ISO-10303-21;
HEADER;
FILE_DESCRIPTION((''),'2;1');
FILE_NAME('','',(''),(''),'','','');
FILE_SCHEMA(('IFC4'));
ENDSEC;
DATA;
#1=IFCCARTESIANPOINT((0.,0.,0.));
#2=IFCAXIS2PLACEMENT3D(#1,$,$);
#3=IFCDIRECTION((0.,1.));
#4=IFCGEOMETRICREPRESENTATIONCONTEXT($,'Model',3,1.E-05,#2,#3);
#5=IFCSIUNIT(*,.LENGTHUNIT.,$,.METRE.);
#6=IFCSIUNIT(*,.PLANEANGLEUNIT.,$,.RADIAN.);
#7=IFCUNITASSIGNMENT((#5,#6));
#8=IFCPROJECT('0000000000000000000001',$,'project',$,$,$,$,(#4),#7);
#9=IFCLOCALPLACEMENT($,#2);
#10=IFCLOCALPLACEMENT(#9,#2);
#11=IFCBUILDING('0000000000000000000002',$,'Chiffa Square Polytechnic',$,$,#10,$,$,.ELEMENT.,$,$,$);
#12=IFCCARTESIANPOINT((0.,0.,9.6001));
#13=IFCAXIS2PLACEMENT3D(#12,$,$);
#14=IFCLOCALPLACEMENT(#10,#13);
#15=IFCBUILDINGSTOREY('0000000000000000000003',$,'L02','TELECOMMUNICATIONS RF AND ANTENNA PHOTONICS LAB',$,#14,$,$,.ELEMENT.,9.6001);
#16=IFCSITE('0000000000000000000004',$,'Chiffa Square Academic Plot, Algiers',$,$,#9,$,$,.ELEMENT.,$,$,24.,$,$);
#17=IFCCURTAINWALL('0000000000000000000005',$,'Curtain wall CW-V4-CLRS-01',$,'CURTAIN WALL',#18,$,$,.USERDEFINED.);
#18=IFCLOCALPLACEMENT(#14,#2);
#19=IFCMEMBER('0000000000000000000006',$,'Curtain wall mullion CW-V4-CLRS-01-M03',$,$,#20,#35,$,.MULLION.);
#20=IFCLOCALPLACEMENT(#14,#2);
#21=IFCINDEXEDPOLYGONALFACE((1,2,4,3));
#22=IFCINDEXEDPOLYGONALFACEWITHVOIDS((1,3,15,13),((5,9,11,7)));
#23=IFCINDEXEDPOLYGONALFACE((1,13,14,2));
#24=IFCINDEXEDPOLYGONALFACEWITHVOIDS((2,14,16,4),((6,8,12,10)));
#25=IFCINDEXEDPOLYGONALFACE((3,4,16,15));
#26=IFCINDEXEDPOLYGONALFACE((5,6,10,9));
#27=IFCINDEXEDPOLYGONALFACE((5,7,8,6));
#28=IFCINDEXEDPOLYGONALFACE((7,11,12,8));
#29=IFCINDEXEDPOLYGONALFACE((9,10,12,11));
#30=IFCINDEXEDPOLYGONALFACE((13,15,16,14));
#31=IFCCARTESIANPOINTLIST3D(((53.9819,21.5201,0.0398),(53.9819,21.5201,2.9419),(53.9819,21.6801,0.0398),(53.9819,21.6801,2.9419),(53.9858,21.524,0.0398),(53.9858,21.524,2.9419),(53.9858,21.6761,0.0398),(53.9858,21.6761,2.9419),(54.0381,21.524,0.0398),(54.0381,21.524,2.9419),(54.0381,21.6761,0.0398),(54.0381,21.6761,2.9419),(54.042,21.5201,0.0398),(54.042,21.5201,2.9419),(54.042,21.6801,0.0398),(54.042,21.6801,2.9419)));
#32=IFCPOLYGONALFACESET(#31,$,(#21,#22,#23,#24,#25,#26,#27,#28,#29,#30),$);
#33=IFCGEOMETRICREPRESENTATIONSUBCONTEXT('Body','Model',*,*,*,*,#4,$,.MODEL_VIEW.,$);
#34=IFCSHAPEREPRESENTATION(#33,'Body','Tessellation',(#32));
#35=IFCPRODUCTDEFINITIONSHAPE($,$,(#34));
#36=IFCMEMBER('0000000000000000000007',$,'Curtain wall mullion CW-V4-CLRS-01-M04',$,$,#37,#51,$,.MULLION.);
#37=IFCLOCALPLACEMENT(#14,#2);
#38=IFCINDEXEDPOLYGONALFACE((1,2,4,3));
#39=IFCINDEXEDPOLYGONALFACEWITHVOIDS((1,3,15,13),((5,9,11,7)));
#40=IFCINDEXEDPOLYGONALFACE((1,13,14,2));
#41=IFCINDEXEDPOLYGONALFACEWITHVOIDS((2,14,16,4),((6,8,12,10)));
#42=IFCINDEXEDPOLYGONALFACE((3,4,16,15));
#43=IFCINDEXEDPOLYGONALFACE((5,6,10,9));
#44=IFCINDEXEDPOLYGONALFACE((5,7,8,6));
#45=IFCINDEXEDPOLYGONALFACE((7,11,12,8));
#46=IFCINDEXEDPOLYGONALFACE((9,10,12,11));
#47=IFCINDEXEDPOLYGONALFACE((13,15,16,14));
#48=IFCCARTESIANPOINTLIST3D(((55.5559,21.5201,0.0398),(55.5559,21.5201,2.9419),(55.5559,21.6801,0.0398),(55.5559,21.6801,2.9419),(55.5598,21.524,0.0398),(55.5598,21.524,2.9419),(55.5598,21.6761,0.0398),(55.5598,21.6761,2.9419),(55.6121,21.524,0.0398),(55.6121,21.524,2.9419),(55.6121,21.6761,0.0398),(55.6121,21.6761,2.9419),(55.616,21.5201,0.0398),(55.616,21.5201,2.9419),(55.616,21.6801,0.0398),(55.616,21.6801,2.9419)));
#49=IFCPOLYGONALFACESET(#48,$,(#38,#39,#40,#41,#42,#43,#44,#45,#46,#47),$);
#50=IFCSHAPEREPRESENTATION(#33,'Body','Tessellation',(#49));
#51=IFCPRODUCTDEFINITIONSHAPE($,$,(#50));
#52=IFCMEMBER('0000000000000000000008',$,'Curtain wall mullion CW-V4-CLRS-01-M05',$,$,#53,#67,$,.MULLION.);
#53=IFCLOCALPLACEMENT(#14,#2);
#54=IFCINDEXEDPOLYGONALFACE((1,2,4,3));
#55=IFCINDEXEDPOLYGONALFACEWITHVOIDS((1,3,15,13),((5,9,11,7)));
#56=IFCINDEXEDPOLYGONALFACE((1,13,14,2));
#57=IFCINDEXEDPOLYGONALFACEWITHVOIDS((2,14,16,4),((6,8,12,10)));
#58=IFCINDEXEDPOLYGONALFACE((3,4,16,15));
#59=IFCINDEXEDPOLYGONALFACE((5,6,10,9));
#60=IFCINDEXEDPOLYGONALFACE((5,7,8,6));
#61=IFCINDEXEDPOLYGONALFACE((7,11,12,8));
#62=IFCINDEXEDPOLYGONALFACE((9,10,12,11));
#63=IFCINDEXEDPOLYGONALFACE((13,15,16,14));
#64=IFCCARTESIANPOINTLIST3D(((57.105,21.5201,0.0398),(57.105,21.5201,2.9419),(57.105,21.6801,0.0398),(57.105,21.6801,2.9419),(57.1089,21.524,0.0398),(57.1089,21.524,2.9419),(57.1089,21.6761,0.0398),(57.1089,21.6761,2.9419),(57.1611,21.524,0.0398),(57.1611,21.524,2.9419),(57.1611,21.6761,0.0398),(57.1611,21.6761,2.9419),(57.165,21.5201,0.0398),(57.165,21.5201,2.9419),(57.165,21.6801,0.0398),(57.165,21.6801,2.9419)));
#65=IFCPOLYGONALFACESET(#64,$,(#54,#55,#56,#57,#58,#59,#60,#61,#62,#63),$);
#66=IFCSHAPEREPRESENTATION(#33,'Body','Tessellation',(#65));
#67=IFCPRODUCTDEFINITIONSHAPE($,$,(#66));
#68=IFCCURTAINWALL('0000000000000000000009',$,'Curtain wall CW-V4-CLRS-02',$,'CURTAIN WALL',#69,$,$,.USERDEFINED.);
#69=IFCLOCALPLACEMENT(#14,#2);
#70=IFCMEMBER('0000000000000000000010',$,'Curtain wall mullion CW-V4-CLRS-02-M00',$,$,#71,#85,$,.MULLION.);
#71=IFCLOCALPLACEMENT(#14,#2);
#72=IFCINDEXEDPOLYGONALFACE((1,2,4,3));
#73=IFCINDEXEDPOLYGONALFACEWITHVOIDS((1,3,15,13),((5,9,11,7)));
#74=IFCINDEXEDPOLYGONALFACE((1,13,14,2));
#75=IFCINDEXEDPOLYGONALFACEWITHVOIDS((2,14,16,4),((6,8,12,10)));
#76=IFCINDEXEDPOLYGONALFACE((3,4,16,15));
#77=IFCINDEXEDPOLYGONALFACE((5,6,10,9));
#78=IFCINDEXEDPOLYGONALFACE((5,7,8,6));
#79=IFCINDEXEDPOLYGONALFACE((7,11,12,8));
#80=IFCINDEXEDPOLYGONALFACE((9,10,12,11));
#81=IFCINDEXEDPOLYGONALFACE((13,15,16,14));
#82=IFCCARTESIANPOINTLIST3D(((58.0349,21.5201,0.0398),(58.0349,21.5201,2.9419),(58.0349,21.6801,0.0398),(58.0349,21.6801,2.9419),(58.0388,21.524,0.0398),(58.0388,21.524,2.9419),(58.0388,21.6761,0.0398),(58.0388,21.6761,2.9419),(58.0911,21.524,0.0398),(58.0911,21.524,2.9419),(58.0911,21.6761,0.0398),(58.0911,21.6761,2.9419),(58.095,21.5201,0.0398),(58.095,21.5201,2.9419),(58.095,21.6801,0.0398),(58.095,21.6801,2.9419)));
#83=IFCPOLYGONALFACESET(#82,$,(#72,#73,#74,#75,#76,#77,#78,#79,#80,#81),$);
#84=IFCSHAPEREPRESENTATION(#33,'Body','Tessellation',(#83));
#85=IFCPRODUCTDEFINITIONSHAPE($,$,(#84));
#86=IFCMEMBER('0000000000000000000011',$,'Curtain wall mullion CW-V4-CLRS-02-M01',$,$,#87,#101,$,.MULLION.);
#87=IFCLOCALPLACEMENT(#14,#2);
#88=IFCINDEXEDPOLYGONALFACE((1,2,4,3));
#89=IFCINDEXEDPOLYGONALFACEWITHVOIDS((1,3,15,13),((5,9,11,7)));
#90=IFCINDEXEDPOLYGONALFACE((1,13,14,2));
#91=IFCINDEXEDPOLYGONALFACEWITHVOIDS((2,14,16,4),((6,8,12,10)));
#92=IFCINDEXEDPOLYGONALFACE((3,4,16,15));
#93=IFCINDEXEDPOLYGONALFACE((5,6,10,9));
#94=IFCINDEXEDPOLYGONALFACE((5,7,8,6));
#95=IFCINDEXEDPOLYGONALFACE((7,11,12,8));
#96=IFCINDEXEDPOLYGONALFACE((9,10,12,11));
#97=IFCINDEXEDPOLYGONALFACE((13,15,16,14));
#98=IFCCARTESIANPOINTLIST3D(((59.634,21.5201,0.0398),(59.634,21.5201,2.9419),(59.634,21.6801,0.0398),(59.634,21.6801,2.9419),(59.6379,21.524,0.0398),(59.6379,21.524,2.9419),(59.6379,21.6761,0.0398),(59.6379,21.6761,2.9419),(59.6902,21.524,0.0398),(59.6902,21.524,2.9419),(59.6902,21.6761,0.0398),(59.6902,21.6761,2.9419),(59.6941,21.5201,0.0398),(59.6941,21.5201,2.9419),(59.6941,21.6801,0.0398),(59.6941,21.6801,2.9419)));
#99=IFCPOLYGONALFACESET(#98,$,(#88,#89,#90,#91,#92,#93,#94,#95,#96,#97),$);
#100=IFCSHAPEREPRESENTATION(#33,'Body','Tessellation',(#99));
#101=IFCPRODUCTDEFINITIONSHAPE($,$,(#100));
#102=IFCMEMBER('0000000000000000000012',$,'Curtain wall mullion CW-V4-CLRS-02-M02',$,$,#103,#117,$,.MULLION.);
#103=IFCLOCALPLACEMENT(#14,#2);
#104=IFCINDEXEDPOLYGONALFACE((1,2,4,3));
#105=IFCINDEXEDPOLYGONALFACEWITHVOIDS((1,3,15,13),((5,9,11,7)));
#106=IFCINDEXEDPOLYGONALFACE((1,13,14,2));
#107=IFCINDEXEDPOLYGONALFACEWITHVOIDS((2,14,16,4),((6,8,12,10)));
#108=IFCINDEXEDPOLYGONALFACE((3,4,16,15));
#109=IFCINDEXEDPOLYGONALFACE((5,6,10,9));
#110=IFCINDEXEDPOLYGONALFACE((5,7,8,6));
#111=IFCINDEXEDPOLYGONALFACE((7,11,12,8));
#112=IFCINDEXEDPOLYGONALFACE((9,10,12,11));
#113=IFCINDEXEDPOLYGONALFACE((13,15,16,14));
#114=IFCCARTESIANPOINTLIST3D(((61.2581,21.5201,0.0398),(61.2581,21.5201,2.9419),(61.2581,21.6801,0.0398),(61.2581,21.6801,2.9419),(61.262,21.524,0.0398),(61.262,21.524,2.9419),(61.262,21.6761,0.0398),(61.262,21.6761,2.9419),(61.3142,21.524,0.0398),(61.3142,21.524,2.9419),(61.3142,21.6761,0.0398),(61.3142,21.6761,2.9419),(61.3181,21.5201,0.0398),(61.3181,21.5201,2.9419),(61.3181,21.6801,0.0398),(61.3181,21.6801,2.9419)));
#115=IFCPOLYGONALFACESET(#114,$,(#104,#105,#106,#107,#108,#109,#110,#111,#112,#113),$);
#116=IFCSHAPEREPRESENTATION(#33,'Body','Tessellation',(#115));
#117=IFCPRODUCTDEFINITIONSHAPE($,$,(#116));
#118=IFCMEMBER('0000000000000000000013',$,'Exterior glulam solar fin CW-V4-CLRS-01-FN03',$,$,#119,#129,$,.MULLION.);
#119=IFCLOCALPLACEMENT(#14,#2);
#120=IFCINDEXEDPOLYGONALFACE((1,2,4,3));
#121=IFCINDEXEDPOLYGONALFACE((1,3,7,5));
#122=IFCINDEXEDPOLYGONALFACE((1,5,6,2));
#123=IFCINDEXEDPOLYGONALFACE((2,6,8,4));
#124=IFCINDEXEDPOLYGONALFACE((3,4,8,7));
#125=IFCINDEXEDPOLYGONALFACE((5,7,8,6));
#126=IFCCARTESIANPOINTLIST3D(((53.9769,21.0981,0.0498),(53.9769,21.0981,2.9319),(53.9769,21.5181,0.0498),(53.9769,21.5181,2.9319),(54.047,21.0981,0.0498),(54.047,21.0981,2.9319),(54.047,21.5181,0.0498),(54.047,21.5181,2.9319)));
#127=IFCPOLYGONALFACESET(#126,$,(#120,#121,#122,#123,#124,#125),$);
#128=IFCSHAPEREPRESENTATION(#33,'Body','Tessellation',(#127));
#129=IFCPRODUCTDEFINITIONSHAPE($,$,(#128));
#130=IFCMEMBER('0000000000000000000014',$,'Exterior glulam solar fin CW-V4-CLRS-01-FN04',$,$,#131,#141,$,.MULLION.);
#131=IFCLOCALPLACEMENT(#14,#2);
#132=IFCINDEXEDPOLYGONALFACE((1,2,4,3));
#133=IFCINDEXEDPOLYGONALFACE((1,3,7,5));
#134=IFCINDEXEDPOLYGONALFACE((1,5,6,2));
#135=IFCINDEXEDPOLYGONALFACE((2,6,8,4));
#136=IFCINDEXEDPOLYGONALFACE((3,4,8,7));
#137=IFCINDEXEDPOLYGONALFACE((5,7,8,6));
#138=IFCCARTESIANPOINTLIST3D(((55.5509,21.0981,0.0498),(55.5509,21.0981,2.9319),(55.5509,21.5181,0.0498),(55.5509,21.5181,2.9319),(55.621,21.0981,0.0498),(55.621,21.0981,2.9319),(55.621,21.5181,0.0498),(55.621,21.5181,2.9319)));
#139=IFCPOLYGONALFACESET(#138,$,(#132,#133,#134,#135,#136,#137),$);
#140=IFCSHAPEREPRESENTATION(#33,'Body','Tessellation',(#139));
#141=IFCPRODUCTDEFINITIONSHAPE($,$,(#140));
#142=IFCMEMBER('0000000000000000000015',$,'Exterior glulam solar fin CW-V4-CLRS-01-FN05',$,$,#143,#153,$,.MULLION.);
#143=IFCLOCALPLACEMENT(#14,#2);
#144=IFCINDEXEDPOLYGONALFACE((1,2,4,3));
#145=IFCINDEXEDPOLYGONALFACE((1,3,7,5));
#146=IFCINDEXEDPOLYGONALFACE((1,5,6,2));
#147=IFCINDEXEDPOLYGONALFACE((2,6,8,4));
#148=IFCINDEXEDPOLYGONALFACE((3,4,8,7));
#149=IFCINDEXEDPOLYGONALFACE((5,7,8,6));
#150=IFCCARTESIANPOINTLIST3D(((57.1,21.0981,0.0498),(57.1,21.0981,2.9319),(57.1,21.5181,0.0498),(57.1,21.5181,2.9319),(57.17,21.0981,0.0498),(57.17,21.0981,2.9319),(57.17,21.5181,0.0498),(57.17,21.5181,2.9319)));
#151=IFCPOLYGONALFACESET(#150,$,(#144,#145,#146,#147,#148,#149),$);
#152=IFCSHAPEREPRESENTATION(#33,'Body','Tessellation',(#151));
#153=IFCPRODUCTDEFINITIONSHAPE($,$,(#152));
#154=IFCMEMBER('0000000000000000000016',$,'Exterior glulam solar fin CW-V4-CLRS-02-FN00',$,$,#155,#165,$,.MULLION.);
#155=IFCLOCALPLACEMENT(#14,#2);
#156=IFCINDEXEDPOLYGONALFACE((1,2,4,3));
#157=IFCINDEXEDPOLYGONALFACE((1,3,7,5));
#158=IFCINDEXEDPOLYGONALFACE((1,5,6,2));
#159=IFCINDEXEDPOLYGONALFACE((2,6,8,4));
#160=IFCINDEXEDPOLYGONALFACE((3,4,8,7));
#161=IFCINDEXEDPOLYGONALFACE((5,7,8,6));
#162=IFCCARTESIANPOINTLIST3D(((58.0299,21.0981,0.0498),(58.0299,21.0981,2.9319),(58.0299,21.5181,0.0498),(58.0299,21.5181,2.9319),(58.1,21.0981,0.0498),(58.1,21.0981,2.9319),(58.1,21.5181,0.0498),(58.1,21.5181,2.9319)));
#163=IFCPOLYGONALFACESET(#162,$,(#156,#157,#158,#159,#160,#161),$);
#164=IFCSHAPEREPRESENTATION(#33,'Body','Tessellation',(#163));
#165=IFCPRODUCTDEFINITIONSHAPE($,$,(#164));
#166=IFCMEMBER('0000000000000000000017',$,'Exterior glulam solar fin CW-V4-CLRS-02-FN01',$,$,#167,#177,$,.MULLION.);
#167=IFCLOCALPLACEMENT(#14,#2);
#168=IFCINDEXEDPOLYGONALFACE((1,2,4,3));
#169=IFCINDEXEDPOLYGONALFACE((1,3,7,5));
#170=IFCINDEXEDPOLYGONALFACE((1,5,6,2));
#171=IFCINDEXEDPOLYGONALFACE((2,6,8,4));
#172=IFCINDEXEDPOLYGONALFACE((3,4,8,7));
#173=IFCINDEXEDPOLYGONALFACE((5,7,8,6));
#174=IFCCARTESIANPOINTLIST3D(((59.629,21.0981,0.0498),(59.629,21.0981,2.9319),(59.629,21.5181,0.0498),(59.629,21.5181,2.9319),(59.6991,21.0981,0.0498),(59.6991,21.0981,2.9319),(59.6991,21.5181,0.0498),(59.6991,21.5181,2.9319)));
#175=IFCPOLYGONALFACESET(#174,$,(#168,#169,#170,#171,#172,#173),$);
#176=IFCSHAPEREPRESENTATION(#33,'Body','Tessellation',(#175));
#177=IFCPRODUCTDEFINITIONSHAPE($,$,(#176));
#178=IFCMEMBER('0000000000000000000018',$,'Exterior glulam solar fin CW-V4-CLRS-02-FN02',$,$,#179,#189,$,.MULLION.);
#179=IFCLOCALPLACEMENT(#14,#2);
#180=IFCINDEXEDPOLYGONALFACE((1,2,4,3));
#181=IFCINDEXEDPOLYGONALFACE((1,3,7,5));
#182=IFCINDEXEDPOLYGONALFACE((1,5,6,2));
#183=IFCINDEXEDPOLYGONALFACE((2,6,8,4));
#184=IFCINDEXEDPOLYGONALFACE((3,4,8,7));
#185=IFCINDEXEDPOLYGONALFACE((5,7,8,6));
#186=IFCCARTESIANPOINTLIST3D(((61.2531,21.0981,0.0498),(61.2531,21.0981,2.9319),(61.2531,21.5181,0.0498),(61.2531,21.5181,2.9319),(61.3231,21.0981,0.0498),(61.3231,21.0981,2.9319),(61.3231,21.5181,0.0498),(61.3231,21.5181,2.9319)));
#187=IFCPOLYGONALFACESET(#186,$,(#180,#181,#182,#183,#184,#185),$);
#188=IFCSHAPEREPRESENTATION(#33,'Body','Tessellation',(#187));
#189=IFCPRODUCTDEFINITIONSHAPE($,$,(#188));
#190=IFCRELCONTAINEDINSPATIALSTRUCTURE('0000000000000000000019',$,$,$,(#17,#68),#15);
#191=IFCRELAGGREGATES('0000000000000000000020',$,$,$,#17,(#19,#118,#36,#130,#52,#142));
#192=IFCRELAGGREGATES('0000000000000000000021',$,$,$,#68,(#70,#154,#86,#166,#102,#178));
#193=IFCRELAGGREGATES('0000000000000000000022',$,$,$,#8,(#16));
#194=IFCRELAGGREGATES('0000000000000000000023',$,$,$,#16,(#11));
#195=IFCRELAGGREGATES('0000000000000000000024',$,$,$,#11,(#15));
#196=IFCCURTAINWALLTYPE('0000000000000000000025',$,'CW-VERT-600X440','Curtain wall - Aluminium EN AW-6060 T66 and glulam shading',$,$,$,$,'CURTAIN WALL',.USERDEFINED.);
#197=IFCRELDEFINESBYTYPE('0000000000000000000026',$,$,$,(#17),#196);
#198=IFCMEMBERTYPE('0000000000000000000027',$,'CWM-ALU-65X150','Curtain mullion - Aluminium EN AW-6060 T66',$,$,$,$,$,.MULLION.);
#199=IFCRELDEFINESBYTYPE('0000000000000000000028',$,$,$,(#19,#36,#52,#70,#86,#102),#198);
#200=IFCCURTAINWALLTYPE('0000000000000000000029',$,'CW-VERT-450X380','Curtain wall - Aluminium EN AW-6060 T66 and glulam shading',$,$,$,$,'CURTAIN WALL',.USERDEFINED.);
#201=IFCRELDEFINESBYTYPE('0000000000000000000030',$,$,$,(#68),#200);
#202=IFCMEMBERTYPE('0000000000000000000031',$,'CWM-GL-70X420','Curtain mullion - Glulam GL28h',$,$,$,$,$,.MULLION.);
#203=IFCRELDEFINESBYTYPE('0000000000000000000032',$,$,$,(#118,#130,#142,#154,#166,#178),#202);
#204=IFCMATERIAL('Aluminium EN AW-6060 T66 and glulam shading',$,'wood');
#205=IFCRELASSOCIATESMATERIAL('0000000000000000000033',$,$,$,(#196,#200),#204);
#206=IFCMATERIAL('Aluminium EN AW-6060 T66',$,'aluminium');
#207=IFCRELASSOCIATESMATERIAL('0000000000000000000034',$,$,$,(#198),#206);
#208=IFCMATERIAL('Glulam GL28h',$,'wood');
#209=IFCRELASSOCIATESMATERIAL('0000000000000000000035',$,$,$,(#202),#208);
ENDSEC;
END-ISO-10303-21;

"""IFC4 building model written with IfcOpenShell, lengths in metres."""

from ifc_helpers import new_model, si_unit, direction, frame, origin, origin_2d, place, context, subcontext, project, spatial, rectangle, hollow_rectangle, extrude, material, material_profile, profile_set, type_object, element, aggregate, save


model = new_model("IFC4")

# Units and contexts
model_context = context("Model", 3, precision=1e-05, world=origin(), true_north=direction((0.0, 1.0)))
body_context = subcontext(model_context, "Body", "Model", "MODEL_VIEW")
ifc_project = project(units=[si_unit("LENGTHUNIT", "METRE"), si_unit("PLANEANGLEUNIT", "RADIAN")], contexts=[model_context])

# Site, building, storey
site_placement = place(None, origin())
site = spatial("IfcSite", under=ifc_project, at=site_placement, Name="Chiffa Square Academic Plot, Algiers", CompositionType="ELEMENT", RefElevation=24.0)
building_placement = place(site_placement, origin())
building = spatial("IfcBuilding", under=site, at=building_placement, Name="Chiffa Square Polytechnic", CompositionType="ELEMENT")
storey_placement = place(building_placement, frame((0.0, 0.0, 9.6001)))
storey = spatial("IfcBuildingStorey", under=building, at=storey_placement, Name="L02", Description="TELECOMMUNICATIONS RF AND ANTENNA PHOTONICS LAB", CompositionType="ELEMENT", Elevation=9.6001)

# Curtain walls, members
ifc_material_1 = material(Name="Aluminium EN AW-6060 T66 and glulam shading", Category="wood")
curtain_wall_type_1 = type_object("IfcCurtainWallType", Name="CW-VERT-600X440", Description="Curtain wall - Aluminium EN AW-6060 T66 and glulam shading", ElementType="CURTAIN WALL", PredefinedType="USERDEFINED", material=ifc_material_1)
curtain_wall_1_placement = place(storey_placement, origin())
curtain_wall_1 = element("IfcCurtainWall", 1, at=curtain_wall_1_placement, inside=storey, type_object=curtain_wall_type_1, Name="Curtain wall CW-V4-CLRS-01", ObjectType="CURTAIN WALL", PredefinedType="USERDEFINED")
ifc_material_2 = material(Name="Aluminium EN AW-6060 T66", Category="aluminium")
ifc_material_profile_1 = material_profile(ifc_material_2, hollow_rectangle(XDim=0.0601, YDim=0.1599, WallThickness=0.0039, at=origin_2d()), Name="ALU 60x160x4")
ifc_profile_set_1 = profile_set([ifc_material_profile_1], Name="Aluminium EN AW-6060 T66")
member_type_1 = type_object("IfcMemberType", Name="CWM-ALU-65X150", Description="Curtain mullion - Aluminium EN AW-6060 T66", PredefinedType="MULLION", material=ifc_profile_set_1)
member_1_placement = place(storey_placement, frame((54.012, 21.6001, 0.0398), z_axis=(0.0, 0.0, 1.0), x_axis=(1.0, 0.0, 0.0)))
member_1 = element("IfcMember", 2, at=member_1_placement, type_object=member_type_1, Name="Curtain wall mullion CW-V4-CLRS-01-M03", PredefinedType="MULLION", context=body_context, shape_type="SweptSolid", body=[
    extrude(hollow_rectangle(XDim=0.0601, YDim=0.1599, WallThickness=0.0039, at=origin_2d()), origin(), (0.0, 0.0, 1.0), 2.9021),
])
member_2_placement = place(storey_placement, frame((55.5859, 21.6001, 0.0398), z_axis=(0.0, 0.0, 1.0), x_axis=(1.0, 0.0, 0.0)))
member_2 = element("IfcMember", 3, at=member_2_placement, type_object=member_type_1, Name="Curtain wall mullion CW-V4-CLRS-01-M04", PredefinedType="MULLION", context=body_context, shape_type="SweptSolid", body=[
    extrude(hollow_rectangle(XDim=0.0601, YDim=0.1599, WallThickness=0.0039, at=origin_2d()), origin(), (0.0, 0.0, 1.0), 2.9021),
])
member_3_placement = place(storey_placement, frame((57.135, 21.6001, 0.0398), z_axis=(0.0, 0.0, 1.0), x_axis=(1.0, 0.0, 0.0)))
member_3 = element("IfcMember", 4, at=member_3_placement, type_object=member_type_1, Name="Curtain wall mullion CW-V4-CLRS-01-M05", PredefinedType="MULLION", context=body_context, shape_type="SweptSolid", body=[
    extrude(hollow_rectangle(XDim=0.0601, YDim=0.1599, WallThickness=0.0039, at=origin_2d()), origin(), (0.0, 0.0, 1.0), 2.9021),
])
curtain_wall_type_2 = type_object("IfcCurtainWallType", Name="CW-VERT-450X380", Description="Curtain wall - Aluminium EN AW-6060 T66 and glulam shading", ElementType="CURTAIN WALL", PredefinedType="USERDEFINED", material=ifc_material_1)
curtain_wall_2_placement = place(storey_placement, origin())
curtain_wall_2 = element("IfcCurtainWall", 5, at=curtain_wall_2_placement, inside=storey, type_object=curtain_wall_type_2, Name="Curtain wall CW-V4-CLRS-02", ObjectType="CURTAIN WALL", PredefinedType="USERDEFINED")
member_4_placement = place(storey_placement, frame((58.0649, 21.6001, 0.0398), z_axis=(0.0, 0.0, 1.0), x_axis=(1.0, 0.0, 0.0)))
member_4 = element("IfcMember", 6, at=member_4_placement, type_object=member_type_1, Name="Curtain wall mullion CW-V4-CLRS-02-M00", PredefinedType="MULLION", context=body_context, shape_type="SweptSolid", body=[
    extrude(hollow_rectangle(XDim=0.0601, YDim=0.1599, WallThickness=0.0039, at=origin_2d()), origin(), (0.0, 0.0, 1.0), 2.9021),
])
member_5_placement = place(storey_placement, frame((59.6641, 21.6001, 0.0398), z_axis=(0.0, 0.0, 1.0), x_axis=(1.0, 0.0, 0.0)))
member_5 = element("IfcMember", 7, at=member_5_placement, type_object=member_type_1, Name="Curtain wall mullion CW-V4-CLRS-02-M01", PredefinedType="MULLION", context=body_context, shape_type="SweptSolid", body=[
    extrude(hollow_rectangle(XDim=0.0601, YDim=0.1599, WallThickness=0.0039, at=origin_2d()), origin(), (0.0, 0.0, 1.0), 2.9021),
])
member_6_placement = place(storey_placement, frame((61.2881, 21.6001, 0.0398), z_axis=(0.0, 0.0, 1.0), x_axis=(1.0, 0.0, 0.0)))
member_6 = element("IfcMember", 8, at=member_6_placement, type_object=member_type_1, Name="Curtain wall mullion CW-V4-CLRS-02-M02", PredefinedType="MULLION", context=body_context, shape_type="SweptSolid", body=[
    extrude(hollow_rectangle(XDim=0.0601, YDim=0.1599, WallThickness=0.0039, at=origin_2d()), origin(), (0.0, 0.0, 1.0), 2.9021),
])

# Members
ifc_material_3 = material(Name="Glulam GL28h", Category="wood")
ifc_material_profile_2 = material_profile(ifc_material_3, rectangle(XDim=0.0701, YDim=0.4199, at=origin_2d()), Name="GL28h 70x420")
ifc_profile_set_2 = profile_set([ifc_material_profile_2], Name="Glulam GL28h")
member_type_2 = type_object("IfcMemberType", Name="CWM-GL-70X420", Description="Curtain mullion - Glulam GL28h", PredefinedType="MULLION", material=ifc_profile_set_2)
member_7_placement = place(storey_placement, frame((54.012, 21.3081, 0.0498), z_axis=(0.0, 0.0, 1.0), x_axis=(1.0, 0.0, 0.0)))
member_7 = element("IfcMember", 9, at=member_7_placement, type_object=member_type_2, Name="Exterior glulam solar fin CW-V4-CLRS-01-FN03", PredefinedType="MULLION", context=body_context, shape_type="SweptSolid", body=[
    extrude(rectangle(XDim=0.0701, YDim=0.4199, at=origin_2d()), origin(), (0.0, 0.0, 1.0), 2.8821),
])
member_8_placement = place(storey_placement, frame((55.5859, 21.3081, 0.0498), z_axis=(0.0, 0.0, 1.0), x_axis=(1.0, 0.0, 0.0)))
member_8 = element("IfcMember", 10, at=member_8_placement, type_object=member_type_2, Name="Exterior glulam solar fin CW-V4-CLRS-01-FN04", PredefinedType="MULLION", context=body_context, shape_type="SweptSolid", body=[
    extrude(rectangle(XDim=0.0701, YDim=0.4199, at=origin_2d()), origin(), (0.0, 0.0, 1.0), 2.8821),
])
member_9_placement = place(storey_placement, frame((57.135, 21.3081, 0.0498), z_axis=(0.0, 0.0, 1.0), x_axis=(1.0, 0.0, 0.0)))
member_9 = element("IfcMember", 11, at=member_9_placement, type_object=member_type_2, Name="Exterior glulam solar fin CW-V4-CLRS-01-FN05", PredefinedType="MULLION", context=body_context, shape_type="SweptSolid", body=[
    extrude(rectangle(XDim=0.0701, YDim=0.4199, at=origin_2d()), origin(), (0.0, 0.0, 1.0), 2.8821),
])
member_10_placement = place(storey_placement, frame((58.0649, 21.3081, 0.0498), z_axis=(0.0, 0.0, 1.0), x_axis=(1.0, 0.0, 0.0)))
member_10 = element("IfcMember", 12, at=member_10_placement, type_object=member_type_2, Name="Exterior glulam solar fin CW-V4-CLRS-02-FN00", PredefinedType="MULLION", context=body_context, shape_type="SweptSolid", body=[
    extrude(rectangle(XDim=0.0701, YDim=0.4199, at=origin_2d()), origin(), (0.0, 0.0, 1.0), 2.8821),
])
member_11_placement = place(storey_placement, frame((59.6641, 21.3081, 0.0498), z_axis=(0.0, 0.0, 1.0), x_axis=(1.0, 0.0, 0.0)))
member_11 = element("IfcMember", 13, at=member_11_placement, type_object=member_type_2, Name="Exterior glulam solar fin CW-V4-CLRS-02-FN01", PredefinedType="MULLION", context=body_context, shape_type="SweptSolid", body=[
    extrude(rectangle(XDim=0.0701, YDim=0.4199, at=origin_2d()), origin(), (0.0, 0.0, 1.0), 2.8821),
])
member_12_placement = place(storey_placement, frame((61.2881, 21.3081, 0.0498), z_axis=(0.0, 0.0, 1.0), x_axis=(1.0, 0.0, 0.0)))
member_12 = element("IfcMember", 14, at=member_12_placement, type_object=member_type_2, Name="Exterior glulam solar fin CW-V4-CLRS-02-FN02", PredefinedType="MULLION", context=body_context, shape_type="SweptSolid", body=[
    extrude(rectangle(XDim=0.0701, YDim=0.4199, at=origin_2d()), origin(), (0.0, 0.0, 1.0), 2.8821),
])

aggregate(curtain_wall_1, [member_1, member_7, member_2, member_8, member_3, member_9])
aggregate(curtain_wall_2, [member_4, member_10, member_5, member_11, member_6, member_12])

save(model, "model.ifc")
